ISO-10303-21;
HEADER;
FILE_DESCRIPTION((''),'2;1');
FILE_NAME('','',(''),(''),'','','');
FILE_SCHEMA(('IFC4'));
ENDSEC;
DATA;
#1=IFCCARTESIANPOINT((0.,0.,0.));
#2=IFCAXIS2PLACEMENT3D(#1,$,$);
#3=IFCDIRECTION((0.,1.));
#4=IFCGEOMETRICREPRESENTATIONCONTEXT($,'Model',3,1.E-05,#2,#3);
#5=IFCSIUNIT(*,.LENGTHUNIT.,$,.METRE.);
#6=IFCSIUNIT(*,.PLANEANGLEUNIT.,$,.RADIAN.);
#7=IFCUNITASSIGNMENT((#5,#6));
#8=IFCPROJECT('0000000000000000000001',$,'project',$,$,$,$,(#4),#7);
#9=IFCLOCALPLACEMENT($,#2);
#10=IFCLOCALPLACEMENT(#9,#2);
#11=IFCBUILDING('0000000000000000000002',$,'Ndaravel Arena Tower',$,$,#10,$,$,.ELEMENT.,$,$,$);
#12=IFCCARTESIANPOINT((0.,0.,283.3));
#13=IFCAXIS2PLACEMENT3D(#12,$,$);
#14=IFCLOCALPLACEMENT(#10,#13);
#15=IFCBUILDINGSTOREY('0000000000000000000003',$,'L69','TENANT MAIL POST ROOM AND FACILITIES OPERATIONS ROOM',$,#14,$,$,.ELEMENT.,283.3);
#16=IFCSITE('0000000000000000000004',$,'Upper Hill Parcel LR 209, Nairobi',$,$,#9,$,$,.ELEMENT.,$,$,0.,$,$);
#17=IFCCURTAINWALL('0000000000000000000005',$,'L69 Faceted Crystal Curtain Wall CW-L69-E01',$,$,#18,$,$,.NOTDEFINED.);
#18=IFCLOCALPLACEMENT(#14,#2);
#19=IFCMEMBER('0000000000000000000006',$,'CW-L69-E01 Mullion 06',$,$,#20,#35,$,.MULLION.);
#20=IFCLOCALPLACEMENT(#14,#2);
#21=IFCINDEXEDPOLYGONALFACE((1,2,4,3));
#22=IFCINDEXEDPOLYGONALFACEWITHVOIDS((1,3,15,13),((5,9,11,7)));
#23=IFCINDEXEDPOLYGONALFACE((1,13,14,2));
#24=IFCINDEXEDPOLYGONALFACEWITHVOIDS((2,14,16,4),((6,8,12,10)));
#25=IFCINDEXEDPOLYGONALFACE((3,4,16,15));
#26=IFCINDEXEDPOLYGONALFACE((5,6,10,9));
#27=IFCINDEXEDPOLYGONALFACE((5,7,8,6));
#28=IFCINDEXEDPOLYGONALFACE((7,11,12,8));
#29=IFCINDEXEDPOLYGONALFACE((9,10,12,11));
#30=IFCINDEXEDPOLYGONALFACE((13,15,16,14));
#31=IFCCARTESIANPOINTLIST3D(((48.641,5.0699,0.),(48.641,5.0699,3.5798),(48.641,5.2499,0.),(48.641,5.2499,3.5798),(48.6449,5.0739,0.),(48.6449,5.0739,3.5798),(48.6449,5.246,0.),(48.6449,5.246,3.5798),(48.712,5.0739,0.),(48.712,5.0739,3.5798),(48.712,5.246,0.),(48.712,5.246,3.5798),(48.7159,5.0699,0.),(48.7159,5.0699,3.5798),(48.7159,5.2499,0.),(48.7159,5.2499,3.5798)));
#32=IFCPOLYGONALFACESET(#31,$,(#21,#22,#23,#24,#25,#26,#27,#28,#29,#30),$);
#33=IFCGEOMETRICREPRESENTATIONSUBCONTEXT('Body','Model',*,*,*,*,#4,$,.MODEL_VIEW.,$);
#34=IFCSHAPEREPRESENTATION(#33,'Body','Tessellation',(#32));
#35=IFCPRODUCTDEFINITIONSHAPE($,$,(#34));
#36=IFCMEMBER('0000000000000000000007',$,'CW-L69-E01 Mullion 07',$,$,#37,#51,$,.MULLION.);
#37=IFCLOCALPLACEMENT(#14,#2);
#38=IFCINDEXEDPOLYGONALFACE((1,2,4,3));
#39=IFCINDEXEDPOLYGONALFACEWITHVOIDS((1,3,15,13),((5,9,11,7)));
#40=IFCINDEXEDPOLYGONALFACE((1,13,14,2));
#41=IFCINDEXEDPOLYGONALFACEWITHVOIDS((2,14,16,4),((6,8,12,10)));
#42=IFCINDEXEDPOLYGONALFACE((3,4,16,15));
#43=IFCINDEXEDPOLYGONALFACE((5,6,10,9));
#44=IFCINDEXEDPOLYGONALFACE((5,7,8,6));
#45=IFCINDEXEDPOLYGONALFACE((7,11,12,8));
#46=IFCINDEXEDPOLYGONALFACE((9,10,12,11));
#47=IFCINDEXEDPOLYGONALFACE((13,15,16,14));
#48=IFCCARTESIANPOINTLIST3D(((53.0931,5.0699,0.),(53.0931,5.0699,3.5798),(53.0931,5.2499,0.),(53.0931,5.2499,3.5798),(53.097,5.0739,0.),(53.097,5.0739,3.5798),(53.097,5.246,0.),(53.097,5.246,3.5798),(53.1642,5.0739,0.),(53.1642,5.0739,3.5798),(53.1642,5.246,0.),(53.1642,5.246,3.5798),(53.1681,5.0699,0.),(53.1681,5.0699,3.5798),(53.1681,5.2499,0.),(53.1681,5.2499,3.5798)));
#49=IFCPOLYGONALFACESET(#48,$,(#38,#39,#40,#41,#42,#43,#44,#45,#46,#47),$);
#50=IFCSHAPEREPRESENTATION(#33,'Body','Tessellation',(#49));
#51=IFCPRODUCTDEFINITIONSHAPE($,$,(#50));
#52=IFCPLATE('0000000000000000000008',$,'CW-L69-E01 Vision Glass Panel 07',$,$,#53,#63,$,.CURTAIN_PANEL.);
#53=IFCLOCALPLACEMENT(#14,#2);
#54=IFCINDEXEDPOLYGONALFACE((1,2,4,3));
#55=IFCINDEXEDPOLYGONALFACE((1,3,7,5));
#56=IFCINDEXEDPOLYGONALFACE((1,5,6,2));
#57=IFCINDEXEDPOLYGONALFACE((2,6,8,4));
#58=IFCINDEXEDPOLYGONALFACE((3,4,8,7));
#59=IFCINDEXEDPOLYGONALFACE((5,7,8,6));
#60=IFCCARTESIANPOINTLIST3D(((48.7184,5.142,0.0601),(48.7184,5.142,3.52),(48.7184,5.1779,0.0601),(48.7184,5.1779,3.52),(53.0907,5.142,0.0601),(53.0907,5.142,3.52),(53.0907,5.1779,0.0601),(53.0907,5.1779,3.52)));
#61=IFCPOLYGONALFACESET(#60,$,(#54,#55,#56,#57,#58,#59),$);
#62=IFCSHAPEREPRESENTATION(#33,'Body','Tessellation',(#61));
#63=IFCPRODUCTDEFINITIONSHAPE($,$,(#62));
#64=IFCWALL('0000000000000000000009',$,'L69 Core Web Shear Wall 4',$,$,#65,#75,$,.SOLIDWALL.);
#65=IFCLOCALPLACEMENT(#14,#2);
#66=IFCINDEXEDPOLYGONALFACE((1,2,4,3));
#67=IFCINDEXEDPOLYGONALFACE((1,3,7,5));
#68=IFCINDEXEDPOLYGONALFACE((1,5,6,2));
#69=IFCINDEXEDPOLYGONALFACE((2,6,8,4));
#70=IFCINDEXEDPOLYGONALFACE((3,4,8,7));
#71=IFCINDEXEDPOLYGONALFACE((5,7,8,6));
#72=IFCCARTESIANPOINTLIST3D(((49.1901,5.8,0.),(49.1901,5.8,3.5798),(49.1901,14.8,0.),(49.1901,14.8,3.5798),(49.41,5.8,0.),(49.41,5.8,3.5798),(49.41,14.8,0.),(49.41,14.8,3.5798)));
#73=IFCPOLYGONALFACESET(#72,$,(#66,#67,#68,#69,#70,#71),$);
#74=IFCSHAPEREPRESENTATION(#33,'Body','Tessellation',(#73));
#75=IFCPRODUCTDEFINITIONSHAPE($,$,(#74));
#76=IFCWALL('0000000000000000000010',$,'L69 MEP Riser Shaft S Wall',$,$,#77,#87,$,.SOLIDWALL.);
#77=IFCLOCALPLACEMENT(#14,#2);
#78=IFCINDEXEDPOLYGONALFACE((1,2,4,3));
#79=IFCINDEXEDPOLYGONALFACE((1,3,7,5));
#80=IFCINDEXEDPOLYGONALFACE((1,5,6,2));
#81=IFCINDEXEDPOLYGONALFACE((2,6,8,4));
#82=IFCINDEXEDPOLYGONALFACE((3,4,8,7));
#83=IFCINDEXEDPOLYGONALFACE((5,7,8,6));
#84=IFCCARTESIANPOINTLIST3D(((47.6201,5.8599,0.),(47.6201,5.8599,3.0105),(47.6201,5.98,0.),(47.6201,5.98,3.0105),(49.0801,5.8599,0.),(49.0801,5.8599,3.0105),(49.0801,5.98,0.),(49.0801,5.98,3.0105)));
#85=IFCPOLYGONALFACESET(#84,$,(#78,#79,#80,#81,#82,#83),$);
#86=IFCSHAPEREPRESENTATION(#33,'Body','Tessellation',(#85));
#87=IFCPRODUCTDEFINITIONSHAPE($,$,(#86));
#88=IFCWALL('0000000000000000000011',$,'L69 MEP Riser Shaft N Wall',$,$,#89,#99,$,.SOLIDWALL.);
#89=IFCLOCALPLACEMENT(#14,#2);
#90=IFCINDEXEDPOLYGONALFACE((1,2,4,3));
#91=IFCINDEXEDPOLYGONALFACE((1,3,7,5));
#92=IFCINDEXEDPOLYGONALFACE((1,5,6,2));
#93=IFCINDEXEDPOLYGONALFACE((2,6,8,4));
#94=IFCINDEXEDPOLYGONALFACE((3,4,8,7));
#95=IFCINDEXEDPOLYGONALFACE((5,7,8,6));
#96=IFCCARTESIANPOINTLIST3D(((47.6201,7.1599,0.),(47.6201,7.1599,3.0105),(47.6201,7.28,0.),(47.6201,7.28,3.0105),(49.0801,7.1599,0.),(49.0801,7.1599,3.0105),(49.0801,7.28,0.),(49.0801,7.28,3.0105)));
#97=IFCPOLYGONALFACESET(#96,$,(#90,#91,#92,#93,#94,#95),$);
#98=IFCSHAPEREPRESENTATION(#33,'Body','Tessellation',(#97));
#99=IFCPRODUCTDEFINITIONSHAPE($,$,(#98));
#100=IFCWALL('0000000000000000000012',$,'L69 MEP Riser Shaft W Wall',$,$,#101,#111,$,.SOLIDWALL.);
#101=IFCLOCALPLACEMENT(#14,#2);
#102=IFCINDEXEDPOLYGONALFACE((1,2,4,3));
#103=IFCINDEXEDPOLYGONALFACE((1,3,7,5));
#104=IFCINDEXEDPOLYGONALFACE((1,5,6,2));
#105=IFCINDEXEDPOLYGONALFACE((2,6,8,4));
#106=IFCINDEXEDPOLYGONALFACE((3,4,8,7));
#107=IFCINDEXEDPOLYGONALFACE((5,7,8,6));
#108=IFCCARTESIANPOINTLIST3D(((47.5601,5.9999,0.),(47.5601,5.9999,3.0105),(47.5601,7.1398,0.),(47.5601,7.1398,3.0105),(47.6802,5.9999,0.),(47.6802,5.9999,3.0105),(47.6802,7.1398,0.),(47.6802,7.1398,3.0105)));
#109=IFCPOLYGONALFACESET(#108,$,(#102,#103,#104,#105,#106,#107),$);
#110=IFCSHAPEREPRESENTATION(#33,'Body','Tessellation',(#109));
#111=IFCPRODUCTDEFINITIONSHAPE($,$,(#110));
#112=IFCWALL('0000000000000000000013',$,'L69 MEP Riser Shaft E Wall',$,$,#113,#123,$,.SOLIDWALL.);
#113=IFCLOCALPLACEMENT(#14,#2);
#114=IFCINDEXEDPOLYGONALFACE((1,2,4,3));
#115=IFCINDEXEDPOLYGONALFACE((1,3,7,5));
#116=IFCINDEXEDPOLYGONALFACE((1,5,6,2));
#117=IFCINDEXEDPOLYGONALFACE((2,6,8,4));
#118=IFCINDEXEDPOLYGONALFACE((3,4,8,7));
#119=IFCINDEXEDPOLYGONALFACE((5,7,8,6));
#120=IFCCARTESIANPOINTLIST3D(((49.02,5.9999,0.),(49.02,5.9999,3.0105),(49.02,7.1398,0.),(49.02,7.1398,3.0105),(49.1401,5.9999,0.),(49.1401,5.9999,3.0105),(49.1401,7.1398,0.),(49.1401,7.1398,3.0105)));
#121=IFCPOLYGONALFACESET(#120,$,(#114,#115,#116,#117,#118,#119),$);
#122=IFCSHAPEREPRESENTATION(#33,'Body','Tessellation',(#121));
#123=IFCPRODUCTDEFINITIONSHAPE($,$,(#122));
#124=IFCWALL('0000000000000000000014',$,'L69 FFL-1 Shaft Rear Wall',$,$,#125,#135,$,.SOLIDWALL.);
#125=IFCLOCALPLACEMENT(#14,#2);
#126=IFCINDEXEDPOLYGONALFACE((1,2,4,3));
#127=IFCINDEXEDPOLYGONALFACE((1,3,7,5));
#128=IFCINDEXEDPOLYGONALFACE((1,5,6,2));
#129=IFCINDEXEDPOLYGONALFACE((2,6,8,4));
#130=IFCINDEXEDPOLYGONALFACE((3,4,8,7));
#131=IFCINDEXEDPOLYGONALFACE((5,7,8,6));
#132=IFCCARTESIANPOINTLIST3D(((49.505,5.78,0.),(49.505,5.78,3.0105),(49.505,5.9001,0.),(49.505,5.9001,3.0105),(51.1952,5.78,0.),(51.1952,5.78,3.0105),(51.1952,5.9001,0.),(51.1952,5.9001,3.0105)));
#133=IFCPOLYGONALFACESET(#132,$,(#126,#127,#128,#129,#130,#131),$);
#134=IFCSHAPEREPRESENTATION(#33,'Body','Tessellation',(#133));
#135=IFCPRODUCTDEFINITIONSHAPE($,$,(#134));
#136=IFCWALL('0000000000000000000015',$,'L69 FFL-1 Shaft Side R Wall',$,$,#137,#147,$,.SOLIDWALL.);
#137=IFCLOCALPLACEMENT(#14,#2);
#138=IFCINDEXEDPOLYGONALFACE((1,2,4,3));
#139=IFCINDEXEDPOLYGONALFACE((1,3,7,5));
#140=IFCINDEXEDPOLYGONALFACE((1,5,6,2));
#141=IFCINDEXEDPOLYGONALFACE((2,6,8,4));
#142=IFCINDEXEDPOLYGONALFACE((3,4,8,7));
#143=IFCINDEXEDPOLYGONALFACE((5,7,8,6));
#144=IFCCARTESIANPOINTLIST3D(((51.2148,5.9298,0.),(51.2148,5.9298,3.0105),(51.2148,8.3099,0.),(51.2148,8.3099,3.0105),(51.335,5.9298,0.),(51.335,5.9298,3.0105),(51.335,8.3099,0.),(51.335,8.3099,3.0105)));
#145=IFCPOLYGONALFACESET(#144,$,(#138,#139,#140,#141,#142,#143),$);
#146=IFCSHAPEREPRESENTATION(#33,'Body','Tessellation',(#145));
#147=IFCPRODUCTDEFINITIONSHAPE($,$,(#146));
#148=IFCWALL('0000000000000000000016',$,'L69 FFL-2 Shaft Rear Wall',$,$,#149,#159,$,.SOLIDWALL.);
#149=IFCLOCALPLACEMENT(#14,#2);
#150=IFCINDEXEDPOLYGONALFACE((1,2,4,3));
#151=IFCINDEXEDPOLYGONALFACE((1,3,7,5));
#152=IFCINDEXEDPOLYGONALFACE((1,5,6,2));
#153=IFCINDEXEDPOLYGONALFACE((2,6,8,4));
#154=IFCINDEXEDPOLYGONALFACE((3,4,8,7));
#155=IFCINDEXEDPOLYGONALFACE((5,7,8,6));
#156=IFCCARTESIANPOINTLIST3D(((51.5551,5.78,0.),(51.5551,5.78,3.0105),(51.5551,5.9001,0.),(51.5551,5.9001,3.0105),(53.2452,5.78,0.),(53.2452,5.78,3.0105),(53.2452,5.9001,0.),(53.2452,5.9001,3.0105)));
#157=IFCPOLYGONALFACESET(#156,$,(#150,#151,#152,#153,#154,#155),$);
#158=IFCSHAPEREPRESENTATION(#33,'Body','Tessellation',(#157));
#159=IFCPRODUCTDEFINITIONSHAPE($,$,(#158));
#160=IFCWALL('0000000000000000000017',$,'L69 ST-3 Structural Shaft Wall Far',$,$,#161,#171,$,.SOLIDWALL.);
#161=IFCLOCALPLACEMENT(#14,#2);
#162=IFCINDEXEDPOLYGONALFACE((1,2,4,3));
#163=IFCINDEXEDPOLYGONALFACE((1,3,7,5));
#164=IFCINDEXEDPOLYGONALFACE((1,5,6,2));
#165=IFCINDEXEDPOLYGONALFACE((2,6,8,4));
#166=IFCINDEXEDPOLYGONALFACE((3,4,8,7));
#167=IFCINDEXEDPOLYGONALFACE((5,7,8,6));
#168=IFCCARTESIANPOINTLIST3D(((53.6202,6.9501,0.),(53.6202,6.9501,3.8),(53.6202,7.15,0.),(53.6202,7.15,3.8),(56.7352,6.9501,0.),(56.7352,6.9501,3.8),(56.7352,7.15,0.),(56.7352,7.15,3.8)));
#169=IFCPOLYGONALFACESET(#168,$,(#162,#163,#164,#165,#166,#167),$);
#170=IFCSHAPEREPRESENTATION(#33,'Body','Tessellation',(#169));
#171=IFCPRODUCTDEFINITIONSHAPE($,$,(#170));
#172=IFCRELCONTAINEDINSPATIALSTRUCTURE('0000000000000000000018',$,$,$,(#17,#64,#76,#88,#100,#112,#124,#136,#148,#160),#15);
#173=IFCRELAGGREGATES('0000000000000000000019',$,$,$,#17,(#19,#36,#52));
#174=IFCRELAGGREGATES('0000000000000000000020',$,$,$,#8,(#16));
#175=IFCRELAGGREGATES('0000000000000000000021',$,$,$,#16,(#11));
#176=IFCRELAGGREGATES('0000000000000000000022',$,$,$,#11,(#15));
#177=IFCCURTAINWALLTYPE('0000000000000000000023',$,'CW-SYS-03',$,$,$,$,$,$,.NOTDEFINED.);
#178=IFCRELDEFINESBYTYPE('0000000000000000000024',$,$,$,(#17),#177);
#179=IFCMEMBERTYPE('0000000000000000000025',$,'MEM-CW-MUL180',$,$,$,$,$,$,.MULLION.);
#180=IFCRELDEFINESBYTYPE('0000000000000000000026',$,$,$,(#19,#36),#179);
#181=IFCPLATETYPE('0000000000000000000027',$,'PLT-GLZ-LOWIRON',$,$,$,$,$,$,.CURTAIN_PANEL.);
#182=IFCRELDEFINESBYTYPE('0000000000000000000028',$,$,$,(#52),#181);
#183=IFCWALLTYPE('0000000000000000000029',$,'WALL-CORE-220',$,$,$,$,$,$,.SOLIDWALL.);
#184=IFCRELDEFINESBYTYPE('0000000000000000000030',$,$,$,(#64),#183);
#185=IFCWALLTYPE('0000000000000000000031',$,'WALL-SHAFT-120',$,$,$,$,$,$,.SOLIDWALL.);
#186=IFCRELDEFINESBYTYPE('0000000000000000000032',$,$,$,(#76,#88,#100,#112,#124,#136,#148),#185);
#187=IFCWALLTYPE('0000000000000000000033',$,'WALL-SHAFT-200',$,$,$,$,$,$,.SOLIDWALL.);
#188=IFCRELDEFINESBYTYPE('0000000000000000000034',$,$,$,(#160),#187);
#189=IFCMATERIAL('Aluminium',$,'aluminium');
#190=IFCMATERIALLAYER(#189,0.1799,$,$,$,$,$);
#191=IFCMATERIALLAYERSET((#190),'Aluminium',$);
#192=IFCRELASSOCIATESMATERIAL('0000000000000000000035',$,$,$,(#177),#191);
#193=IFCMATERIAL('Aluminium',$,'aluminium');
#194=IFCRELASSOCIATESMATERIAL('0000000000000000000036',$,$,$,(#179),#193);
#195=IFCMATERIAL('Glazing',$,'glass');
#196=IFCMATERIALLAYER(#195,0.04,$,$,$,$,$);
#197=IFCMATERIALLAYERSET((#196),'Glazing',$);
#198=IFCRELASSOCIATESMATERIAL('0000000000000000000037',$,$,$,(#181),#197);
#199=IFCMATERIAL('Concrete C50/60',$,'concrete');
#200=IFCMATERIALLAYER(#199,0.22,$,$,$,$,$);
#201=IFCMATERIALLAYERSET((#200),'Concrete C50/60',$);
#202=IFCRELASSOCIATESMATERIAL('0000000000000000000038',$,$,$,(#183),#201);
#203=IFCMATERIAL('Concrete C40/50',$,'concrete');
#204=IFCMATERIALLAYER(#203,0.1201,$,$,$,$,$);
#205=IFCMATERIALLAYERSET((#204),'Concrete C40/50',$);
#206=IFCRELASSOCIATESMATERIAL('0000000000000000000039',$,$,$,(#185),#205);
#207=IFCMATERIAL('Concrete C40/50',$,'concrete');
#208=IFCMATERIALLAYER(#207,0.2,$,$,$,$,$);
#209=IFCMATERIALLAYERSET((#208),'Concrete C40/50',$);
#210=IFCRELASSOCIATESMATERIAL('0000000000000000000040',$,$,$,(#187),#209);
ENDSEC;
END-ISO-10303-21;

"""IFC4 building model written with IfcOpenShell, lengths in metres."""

from ifc_helpers import new_model, si_unit, direction, frame, frame_2d, origin, origin_2d, place, context, subcontext, project, spatial, rectangle, hollow_rectangle, extrude, material, layer, layer_set, material_profile, profile_set, type_object, element, aggregate, save


model = new_model("IFC4")

# Units and contexts
model_context = context("Model", 3, precision=1e-05, world=origin(), true_north=direction((0.0, 1.0)))
body_context = subcontext(model_context, "Body", "Model", "MODEL_VIEW")
ifc_project = project(units=[si_unit("LENGTHUNIT", "METRE"), si_unit("PLANEANGLEUNIT", "RADIAN")], contexts=[model_context])

# Site, building, storey
site_placement = place(None, origin())
site = spatial("IfcSite", under=ifc_project, at=site_placement, Name="Upper Hill Parcel LR 209, Nairobi", CompositionType="ELEMENT", RefElevation=0.0)
building_placement = place(site_placement, origin())
building = spatial("IfcBuilding", under=site, at=building_placement, Name="Ndaravel Arena Tower", CompositionType="ELEMENT")
storey_placement = place(building_placement, frame((0.0, 0.0, 283.3)))
storey = spatial("IfcBuildingStorey", under=building, at=storey_placement, Name="L69", Description="TENANT MAIL POST ROOM AND FACILITIES OPERATIONS ROOM", CompositionType="ELEMENT", Elevation=283.3)

# Curtain wall, members, plate
ifc_material_1 = material(Name="Aluminium", Category="aluminium")
ifc_layer_1 = layer(ifc_material_1, 0.1799)
ifc_layer_set_1 = layer_set([ifc_layer_1], Name="Aluminium")
curtain_wall_type = type_object("IfcCurtainWallType", Name="CW-SYS-03", PredefinedType="NOTDEFINED", material=ifc_layer_set_1)
curtain_wall_placement = place(storey_placement, origin())
curtain_wall = element("IfcCurtainWall", 1, at=curtain_wall_placement, inside=storey, type_object=curtain_wall_type, Name="L69 Faceted Crystal Curtain Wall CW-L69-E01", PredefinedType="NOTDEFINED")
ifc_material_2 = material(Name="Aluminium", Category="aluminium")
ifc_material_profile = material_profile(ifc_material_2, hollow_rectangle(XDim=0.075, YDim=0.1799, WallThickness=0.0039, at=origin_2d()), Name="CW MULLION 75x180x4")
ifc_profile_set = profile_set([ifc_material_profile], Name="Aluminium")
member_type = type_object("IfcMemberType", Name="MEM-CW-MUL180", PredefinedType="MULLION", material=ifc_profile_set)
member_1_placement = place(storey_placement, frame((48.6785, 5.1599, 0.0), z_axis=(0.0, 0.0, 1.0), x_axis=(1.0, 0.0, 0.0)))
member_1 = element("IfcMember", 2, at=member_1_placement, type_object=member_type, Name="CW-L69-E01 Mullion 06", PredefinedType="MULLION", context=body_context, shape_type="SweptSolid", body=[
    extrude(hollow_rectangle(XDim=0.075, YDim=0.1799, WallThickness=0.0039, at=origin_2d()), origin(), (0.0, 0.0, 1.0), 3.5798),
])
member_2_placement = place(storey_placement, frame((53.1306, 5.1599, 0.0), z_axis=(0.0, 0.0, 1.0), x_axis=(1.0, 0.0, 0.0)))
member_2 = element("IfcMember", 3, at=member_2_placement, type_object=member_type, Name="CW-L69-E01 Mullion 07", PredefinedType="MULLION", context=body_context, shape_type="SweptSolid", body=[
    extrude(hollow_rectangle(XDim=0.075, YDim=0.1799, WallThickness=0.0039, at=origin_2d()), origin(), (0.0, 0.0, 1.0), 3.5798),
])
ifc_material_3 = material(Name="Glazing", Category="glass")
ifc_layer_2 = layer(ifc_material_3, 0.04)
ifc_layer_set_2 = layer_set([ifc_layer_2], Name="Glazing")
plate_type = type_object("IfcPlateType", Name="PLT-GLZ-LOWIRON", PredefinedType="CURTAIN_PANEL", material=ifc_layer_set_2)
plate_placement = place(storey_placement, frame((50.9045, 5.1599, 0.0601), z_axis=(0.0, 0.0, 1.0), x_axis=(1.0, 0.0, 0.0)))
plate = element("IfcPlate", 4, at=plate_placement, type_object=plate_type, Name="CW-L69-E01 Vision Glass Panel 07", PredefinedType="CURTAIN_PANEL", context=body_context, shape_type="SweptSolid", body=[
    extrude(rectangle(XDim=4.3723, YDim=0.0359, at=origin_2d()), origin(), (0.0, 0.0, 1.0), 3.46),
])
aggregate(curtain_wall, [member_1, member_2, plate])

# Wall
ifc_material_4 = material(Name="Concrete C50/60", Category="concrete")
ifc_layer_3 = layer(ifc_material_4, 0.22)
ifc_layer_set_3 = layer_set([ifc_layer_3], Name="Concrete C50/60")
wall_type_1 = type_object("IfcWallType", Name="WALL-CORE-220", PredefinedType="SOLIDWALL", material=ifc_layer_set_3)
wall_1_placement = place(storey_placement, frame((49.3, 5.8, 0.0), z_axis=(0.0, 0.0, 1.0), x_axis=(0.0, 1.0, 0.0)))
element("IfcWall", 5, at=wall_1_placement, inside=storey, type_object=wall_type_1, Name="L69 Core Web Shear Wall 4", PredefinedType="SOLIDWALL", context=body_context, shape_type="SweptSolid", body=[
    extrude(rectangle(XDim=9.0, YDim=0.22, at=frame_2d((4.5, 0.0))), origin(), (0.0, 0.0, 1.0), 3.5798),
])

# Walls
ifc_material_5 = material(Name="Concrete C40/50", Category="concrete")
ifc_layer_4 = layer(ifc_material_5, 0.1201)
ifc_layer_set_4 = layer_set([ifc_layer_4], Name="Concrete C40/50")
wall_type_2 = type_object("IfcWallType", Name="WALL-SHAFT-120", PredefinedType="SOLIDWALL", material=ifc_layer_set_4)
for number, where, z_axis, x_axis, name in (
    (6, (47.6201, 5.9199, 0.0), (0.0, 0.0, 1.0), (1.0, 0.0, 0.0), "L69 MEP Riser Shaft S Wall"),
    (7, (47.6201, 7.22, 0.0), (0.0, 0.0, 1.0), (1.0, 0.0, 0.0), "L69 MEP Riser Shaft N Wall"),
):
    element("IfcWall", number, at=place(storey_placement, frame(where, z_axis=z_axis, x_axis=x_axis)), inside=storey, type_object=wall_type_2, Name=name, PredefinedType="SOLIDWALL", context=body_context, shape_type="SweptSolid", body=[
        extrude(rectangle(XDim=1.46, YDim=0.1201, at=frame_2d((0.73, 0.0))), origin(), (0.0, 0.0, 1.0), 3.0105),
    ])
for number, where, z_axis, x_axis, name in (
    (8, (47.6201, 6.0, 0.0), (0.0, 0.0, 1.0), (0.0, 1.0, 0.0), "L69 MEP Riser Shaft W Wall"),
    (9, (49.0801, 6.0, 0.0), (0.0, 0.0, 1.0), (0.0, 1.0, 0.0), "L69 MEP Riser Shaft E Wall"),
):
    element("IfcWall", number, at=place(storey_placement, frame(where, z_axis=z_axis, x_axis=x_axis)), inside=storey, type_object=wall_type_2, Name=name, PredefinedType="SOLIDWALL", context=body_context, shape_type="SweptSolid", body=[
        extrude(rectangle(XDim=1.1399, YDim=0.1201, at=frame_2d((0.5698, 0.0))), origin(), (0.0, 0.0, 1.0), 3.0105),
    ])
wall_2_placement = place(storey_placement, frame((49.5049, 5.8401, 0.0), z_axis=(0.0, 0.0, 1.0), x_axis=(1.0, 0.0, 0.0)))
element("IfcWall", 10, at=wall_2_placement, inside=storey, type_object=wall_type_2, Name="L69 FFL-1 Shaft Rear Wall", PredefinedType="SOLIDWALL", context=body_context, shape_type="SweptSolid", body=[
    extrude(rectangle(XDim=1.6902, YDim=0.1201, at=frame_2d((0.8452, 0.0))), origin(), (0.0, 0.0, 1.0), 3.0105),
])
wall_3_placement = place(storey_placement, frame((51.2749, 5.9299, 0.0), z_axis=(0.0, 0.0, 1.0), x_axis=(0.0, 1.0, 0.0)))
element("IfcWall", 11, at=wall_3_placement, inside=storey, type_object=wall_type_2, Name="L69 FFL-1 Shaft Side R Wall", PredefinedType="SOLIDWALL", context=body_context, shape_type="SweptSolid", body=[
    extrude(rectangle(XDim=2.3801, YDim=0.1201, at=frame_2d((1.1899, 0.0))), origin(), (0.0, 0.0, 1.0), 3.0105),
])
wall_4_placement = place(storey_placement, frame((51.5549, 5.8401, 0.0), z_axis=(0.0, 0.0, 1.0), x_axis=(1.0, 0.0, 0.0)))
element("IfcWall", 12, at=wall_4_placement, inside=storey, type_object=wall_type_2, Name="L69 FFL-2 Shaft Rear Wall", PredefinedType="SOLIDWALL", context=body_context, shape_type="SweptSolid", body=[
    extrude(rectangle(XDim=1.6902, YDim=0.1201, at=frame_2d((0.8452, 0.0))), origin(), (0.0, 0.0, 1.0), 3.0105),
])
ifc_material_6 = material(Name="Concrete C40/50", Category="concrete")
ifc_layer_5 = layer(ifc_material_6, 0.2)
ifc_layer_set_5 = layer_set([ifc_layer_5], Name="Concrete C40/50")
wall_type_3 = type_object("IfcWallType", Name="WALL-SHAFT-200", PredefinedType="SOLIDWALL", material=ifc_layer_set_5)
wall_5_placement = place(storey_placement, frame((53.6201, 7.05, 0.0), z_axis=(0.0, 0.0, 1.0), x_axis=(1.0, 0.0, 0.0)))
element("IfcWall", 13, at=wall_5_placement, inside=storey, type_object=wall_type_3, Name="L69 ST-3 Structural Shaft Wall Far", PredefinedType="SOLIDWALL", context=body_context, shape_type="SweptSolid", body=[
    extrude(rectangle(XDim=3.115, YDim=0.2, at=frame_2d((1.5576, 0.0))), origin(), (0.0, 0.0, 1.0), 3.8),
])

save(model, "model.ifc")
